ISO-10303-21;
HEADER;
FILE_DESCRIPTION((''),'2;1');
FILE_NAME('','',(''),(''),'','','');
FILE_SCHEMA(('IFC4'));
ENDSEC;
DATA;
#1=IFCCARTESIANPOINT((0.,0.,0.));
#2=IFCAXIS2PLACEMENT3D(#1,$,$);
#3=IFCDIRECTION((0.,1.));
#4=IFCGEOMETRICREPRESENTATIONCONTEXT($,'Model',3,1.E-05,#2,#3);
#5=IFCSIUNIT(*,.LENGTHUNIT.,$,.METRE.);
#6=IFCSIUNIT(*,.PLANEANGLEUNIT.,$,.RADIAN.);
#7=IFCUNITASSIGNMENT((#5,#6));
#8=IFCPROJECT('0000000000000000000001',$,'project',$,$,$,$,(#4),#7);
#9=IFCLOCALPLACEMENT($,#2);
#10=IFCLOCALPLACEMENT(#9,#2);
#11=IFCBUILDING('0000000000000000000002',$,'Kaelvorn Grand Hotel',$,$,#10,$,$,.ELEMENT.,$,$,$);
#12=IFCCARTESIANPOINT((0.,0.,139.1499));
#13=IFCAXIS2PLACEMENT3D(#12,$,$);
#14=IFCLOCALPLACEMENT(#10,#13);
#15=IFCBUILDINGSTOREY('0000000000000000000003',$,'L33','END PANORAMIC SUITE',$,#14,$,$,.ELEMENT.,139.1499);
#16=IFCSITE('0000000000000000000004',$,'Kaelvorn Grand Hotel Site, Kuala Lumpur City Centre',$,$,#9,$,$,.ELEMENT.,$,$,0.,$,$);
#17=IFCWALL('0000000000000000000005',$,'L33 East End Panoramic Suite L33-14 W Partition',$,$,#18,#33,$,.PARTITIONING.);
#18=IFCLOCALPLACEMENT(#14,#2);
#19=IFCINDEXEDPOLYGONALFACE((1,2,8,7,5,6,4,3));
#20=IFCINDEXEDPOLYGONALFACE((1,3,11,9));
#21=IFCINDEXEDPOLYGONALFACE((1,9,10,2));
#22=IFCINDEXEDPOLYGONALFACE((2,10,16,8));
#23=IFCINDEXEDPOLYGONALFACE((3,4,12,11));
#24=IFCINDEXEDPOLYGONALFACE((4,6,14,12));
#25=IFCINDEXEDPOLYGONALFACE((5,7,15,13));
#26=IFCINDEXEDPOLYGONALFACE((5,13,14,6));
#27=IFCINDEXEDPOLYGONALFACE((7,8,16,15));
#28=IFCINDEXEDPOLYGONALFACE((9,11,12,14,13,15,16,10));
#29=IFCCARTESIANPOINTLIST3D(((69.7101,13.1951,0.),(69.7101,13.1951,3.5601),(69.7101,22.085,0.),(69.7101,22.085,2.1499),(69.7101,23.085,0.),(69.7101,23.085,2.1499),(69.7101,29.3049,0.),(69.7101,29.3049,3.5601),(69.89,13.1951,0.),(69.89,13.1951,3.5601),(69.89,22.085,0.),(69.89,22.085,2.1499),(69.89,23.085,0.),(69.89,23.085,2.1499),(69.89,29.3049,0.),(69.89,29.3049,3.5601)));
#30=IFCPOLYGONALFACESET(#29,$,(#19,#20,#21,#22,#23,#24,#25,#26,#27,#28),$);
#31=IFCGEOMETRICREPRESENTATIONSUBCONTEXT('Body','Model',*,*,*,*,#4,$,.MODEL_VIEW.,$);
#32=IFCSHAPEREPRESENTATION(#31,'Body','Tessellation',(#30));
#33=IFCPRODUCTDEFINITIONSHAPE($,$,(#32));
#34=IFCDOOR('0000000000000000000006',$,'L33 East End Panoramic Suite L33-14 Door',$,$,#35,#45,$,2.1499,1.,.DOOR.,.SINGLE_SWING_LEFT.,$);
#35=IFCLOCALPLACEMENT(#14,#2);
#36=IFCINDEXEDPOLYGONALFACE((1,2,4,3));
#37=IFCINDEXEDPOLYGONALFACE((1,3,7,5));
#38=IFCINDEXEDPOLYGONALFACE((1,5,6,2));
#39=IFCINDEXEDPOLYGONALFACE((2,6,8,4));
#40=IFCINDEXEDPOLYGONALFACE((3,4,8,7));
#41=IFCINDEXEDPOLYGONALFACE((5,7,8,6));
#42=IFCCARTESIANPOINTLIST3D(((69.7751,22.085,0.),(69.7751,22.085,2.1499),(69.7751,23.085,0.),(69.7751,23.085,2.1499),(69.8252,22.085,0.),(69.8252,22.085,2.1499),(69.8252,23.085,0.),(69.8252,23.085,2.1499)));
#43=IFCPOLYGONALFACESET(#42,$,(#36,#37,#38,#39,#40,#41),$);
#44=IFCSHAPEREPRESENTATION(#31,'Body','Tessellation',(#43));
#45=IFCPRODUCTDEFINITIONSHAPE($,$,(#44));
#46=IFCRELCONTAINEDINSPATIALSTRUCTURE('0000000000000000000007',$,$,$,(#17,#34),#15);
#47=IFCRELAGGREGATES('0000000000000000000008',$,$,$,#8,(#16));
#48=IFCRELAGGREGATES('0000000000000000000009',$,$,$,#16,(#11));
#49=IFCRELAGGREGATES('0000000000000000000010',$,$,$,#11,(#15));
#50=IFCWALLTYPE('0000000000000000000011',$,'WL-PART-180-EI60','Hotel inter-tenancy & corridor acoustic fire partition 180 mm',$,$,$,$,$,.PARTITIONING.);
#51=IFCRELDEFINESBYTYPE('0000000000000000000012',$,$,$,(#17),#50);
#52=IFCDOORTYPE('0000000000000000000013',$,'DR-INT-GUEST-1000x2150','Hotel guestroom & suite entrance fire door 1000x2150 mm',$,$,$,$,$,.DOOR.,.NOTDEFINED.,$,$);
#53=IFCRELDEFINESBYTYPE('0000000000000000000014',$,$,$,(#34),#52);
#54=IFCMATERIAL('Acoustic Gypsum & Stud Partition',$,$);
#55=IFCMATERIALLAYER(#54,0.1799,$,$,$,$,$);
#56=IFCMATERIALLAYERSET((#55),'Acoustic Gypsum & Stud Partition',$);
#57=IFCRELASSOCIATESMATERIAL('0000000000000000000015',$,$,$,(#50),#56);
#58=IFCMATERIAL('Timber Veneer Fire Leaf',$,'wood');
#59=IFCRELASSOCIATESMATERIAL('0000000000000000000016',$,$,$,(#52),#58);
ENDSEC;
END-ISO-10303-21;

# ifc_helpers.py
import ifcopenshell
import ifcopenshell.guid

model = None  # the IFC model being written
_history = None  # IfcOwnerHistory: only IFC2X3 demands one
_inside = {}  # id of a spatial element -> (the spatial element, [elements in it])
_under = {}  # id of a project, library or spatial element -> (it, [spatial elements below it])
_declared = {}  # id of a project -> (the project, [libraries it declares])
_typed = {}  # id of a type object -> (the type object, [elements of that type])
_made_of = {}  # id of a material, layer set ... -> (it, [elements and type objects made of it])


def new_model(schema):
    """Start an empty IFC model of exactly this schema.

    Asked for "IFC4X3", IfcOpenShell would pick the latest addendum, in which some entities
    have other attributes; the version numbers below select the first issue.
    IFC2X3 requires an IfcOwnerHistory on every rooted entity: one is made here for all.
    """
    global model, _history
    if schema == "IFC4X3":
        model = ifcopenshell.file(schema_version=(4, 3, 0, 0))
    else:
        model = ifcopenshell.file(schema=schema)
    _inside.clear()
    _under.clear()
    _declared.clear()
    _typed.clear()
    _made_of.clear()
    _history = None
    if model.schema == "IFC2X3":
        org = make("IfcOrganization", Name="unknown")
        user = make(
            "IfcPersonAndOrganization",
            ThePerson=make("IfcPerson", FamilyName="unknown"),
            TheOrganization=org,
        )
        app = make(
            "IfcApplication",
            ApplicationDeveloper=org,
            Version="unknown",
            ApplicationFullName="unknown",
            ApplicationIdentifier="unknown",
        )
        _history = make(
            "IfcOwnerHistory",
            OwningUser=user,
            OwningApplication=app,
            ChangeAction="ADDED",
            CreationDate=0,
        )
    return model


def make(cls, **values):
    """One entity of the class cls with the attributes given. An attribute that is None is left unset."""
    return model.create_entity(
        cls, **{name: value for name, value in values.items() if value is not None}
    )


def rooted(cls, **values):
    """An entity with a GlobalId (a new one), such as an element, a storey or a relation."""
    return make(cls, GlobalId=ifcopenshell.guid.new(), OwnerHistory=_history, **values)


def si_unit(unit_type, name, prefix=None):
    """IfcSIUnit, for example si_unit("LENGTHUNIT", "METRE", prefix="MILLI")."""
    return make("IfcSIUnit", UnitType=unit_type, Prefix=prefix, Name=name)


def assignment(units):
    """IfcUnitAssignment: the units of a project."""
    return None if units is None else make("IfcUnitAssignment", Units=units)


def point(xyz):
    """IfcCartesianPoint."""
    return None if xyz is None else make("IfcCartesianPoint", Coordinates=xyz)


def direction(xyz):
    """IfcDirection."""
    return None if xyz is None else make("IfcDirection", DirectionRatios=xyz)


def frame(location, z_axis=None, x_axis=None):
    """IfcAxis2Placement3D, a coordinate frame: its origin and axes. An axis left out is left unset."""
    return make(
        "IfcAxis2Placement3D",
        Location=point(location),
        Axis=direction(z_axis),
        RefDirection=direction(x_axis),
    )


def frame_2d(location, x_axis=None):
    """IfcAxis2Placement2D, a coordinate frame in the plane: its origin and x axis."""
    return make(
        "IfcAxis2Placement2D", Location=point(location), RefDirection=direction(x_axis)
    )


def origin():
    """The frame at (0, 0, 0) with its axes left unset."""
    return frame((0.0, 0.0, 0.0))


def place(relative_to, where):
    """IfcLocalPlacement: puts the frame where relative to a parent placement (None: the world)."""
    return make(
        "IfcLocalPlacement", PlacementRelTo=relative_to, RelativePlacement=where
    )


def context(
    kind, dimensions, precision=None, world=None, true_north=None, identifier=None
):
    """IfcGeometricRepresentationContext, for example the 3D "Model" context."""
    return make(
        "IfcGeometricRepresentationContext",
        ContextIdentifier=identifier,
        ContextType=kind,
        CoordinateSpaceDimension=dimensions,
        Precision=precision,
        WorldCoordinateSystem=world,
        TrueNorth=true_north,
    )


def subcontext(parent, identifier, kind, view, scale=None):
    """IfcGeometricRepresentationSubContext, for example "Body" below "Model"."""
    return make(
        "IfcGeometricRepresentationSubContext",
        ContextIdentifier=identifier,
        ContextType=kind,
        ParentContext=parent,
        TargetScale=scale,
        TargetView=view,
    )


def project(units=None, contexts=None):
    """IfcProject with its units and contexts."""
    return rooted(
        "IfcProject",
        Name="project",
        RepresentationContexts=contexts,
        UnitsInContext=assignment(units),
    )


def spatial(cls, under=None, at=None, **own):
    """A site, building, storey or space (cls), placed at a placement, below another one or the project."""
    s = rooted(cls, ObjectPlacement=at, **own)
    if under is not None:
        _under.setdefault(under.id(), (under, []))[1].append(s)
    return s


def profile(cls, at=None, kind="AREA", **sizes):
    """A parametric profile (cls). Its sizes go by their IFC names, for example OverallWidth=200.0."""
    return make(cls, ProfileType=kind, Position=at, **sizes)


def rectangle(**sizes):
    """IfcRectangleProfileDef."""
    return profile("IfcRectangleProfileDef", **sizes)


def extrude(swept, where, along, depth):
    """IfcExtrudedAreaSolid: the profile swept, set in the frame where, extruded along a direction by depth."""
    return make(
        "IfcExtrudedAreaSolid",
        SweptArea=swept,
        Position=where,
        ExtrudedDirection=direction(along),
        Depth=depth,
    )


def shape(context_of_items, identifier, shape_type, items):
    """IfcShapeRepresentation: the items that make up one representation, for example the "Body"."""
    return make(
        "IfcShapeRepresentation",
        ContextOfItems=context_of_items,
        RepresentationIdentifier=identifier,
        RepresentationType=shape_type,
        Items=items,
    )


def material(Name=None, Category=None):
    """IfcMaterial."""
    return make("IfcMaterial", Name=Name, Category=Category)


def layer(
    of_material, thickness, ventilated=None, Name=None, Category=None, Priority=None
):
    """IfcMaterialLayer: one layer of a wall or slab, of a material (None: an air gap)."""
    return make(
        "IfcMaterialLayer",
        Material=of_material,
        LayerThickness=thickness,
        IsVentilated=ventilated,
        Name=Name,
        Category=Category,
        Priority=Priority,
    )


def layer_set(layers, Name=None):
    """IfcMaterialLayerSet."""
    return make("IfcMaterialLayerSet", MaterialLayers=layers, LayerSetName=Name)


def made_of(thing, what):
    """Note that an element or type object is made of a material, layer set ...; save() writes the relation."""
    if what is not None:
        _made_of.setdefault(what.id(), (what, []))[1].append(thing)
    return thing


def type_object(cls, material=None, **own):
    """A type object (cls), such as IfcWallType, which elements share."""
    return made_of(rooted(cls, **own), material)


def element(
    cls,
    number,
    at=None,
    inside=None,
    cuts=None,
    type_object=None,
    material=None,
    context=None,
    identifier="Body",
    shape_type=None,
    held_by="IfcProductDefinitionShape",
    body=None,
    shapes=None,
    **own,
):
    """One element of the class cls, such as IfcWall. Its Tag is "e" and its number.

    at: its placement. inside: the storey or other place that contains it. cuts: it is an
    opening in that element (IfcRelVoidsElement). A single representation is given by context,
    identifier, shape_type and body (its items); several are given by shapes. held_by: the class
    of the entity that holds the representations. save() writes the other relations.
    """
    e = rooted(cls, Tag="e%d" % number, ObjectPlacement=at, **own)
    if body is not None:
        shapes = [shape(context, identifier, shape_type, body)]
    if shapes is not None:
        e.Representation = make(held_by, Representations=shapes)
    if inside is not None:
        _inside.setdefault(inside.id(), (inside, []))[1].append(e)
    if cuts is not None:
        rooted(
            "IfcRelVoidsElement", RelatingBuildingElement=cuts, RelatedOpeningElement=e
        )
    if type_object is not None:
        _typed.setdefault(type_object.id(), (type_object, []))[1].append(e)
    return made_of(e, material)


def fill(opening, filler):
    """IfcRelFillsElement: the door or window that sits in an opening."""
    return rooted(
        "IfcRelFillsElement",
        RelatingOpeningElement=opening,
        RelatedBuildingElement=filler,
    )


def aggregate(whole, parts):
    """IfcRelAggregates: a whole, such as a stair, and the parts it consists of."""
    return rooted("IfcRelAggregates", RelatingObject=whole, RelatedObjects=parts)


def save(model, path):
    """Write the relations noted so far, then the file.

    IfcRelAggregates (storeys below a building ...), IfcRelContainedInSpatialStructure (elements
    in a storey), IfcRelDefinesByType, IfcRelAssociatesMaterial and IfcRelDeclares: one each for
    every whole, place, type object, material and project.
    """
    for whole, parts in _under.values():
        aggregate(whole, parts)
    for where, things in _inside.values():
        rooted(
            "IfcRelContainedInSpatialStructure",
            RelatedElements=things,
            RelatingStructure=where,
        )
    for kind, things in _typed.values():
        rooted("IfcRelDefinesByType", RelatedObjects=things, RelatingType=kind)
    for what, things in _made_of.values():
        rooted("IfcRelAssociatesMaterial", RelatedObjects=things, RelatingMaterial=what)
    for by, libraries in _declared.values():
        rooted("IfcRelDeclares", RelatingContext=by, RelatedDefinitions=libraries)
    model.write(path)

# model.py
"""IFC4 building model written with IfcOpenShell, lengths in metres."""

from ifc_helpers import new_model, si_unit, direction, frame, frame_2d, origin, place, context, subcontext, project, spatial, rectangle, extrude, material, layer, layer_set, type_object, element, fill, save


model = new_model("IFC4")

# Units and contexts
model_context = context("Model", 3, precision=1e-05, world=origin(), true_north=direction((0.0, 1.0)))
body_context = subcontext(model_context, "Body", "Model", "MODEL_VIEW")
ifc_project = project(units=[si_unit("LENGTHUNIT", "METRE"), si_unit("PLANEANGLEUNIT", "RADIAN")], contexts=[model_context])

# Site, building, storey
site_placement = place(None, origin())
site = spatial("IfcSite", under=ifc_project, at=site_placement, Name="Kaelvorn Grand Hotel Site, Kuala Lumpur City Centre", CompositionType="ELEMENT", RefElevation=0.0)
building_placement = place(site_placement, origin())
building = spatial("IfcBuilding", under=site, at=building_placement, Name="Kaelvorn Grand Hotel", CompositionType="ELEMENT")
storey_placement = place(building_placement, frame((0.0, 0.0, 139.1499)))
storey = spatial("IfcBuildingStorey", under=building, at=storey_placement, Name="L33", Description="END PANORAMIC SUITE", CompositionType="ELEMENT", Elevation=139.1499)

# Shared definitions
ifc_material_1 = material(Name="Acoustic Gypsum & Stud Partition")
ifc_layer_1 = layer(ifc_material_1, 0.1799)
ifc_layer_set_1 = layer_set([ifc_layer_1], Name="Acoustic Gypsum & Stud Partition")
wall_type_1 = type_object("IfcWallType", Name="WL-PART-180-EI60", Description="Hotel inter-tenancy & corridor acoustic fire partition 180 mm", PredefinedType="PARTITIONING", material=ifc_layer_set_1)

# Wall, opening, door
wall_1_placement = place(storey_placement, frame((69.8, 13.1951, 0.0), z_axis=(0.0, 0.0, 1.0), x_axis=(0.0, 1.0, 0.0)))
wall_1 = element("IfcWall", 1, at=wall_1_placement, inside=storey, type_object=wall_type_1, Name="L33 East End Panoramic Suite L33-14 W Partition", PredefinedType="PARTITIONING", context=body_context, shape_type="SweptSolid", body=[
    extrude(rectangle(XDim=16.1099, YDim=0.1799, at=frame_2d((8.0549, 0.0))), origin(), (0.0, 0.0, 1.0), 3.5601),
])
opening_1_placement = place(wall_1_placement, frame((8.8899, 0.0, 0.0)))
opening_1 = element("IfcOpeningElement", 2, at=opening_1_placement, cuts=wall_1, PredefinedType="OPENING", context=body_context, shape_type="SweptSolid", body=[
    extrude(rectangle(XDim=1.0, YDim=2.1499, at=frame_2d((0.5, 1.075))), frame((0.0, 0.1001, 0.0), z_axis=(0.0, -1.0, 0.0), x_axis=(1.0, 0.0, 0.0)), (0.0, 0.0, 1.0), 0.2),
])
ifc_material_2 = material(Name="Timber Veneer Fire Leaf", Category="wood")
door_type_1 = type_object("IfcDoorType", Name="DR-INT-GUEST-1000x2150", Description="Hotel guestroom & suite entrance fire door 1000x2150 mm", OperationType="NOTDEFINED", PredefinedType="DOOR", material=ifc_material_2)
door_1_placement = place(opening_1_placement, origin())
door_1 = element("IfcDoor", 3, at=door_1_placement, inside=storey, type_object=door_type_1, Name="L33 East End Panoramic Suite L33-14 Door", OperationType="SINGLE_SWING_LEFT", OverallHeight=2.1499, OverallWidth=1.0, PredefinedType="DOOR", context=body_context, shape_type="SweptSolid", body=[
    extrude(rectangle(XDim=1.0, YDim=2.1499, at=frame_2d((0.5, 1.075))), frame((0.0, 0.0249, 0.0), z_axis=(0.0, -1.0, 0.0), x_axis=(1.0, 0.0, 0.0)), (0.0, 0.0, 1.0), 0.05),
])
fill(opening_1, door_1)

save(model, "model.ifc")
